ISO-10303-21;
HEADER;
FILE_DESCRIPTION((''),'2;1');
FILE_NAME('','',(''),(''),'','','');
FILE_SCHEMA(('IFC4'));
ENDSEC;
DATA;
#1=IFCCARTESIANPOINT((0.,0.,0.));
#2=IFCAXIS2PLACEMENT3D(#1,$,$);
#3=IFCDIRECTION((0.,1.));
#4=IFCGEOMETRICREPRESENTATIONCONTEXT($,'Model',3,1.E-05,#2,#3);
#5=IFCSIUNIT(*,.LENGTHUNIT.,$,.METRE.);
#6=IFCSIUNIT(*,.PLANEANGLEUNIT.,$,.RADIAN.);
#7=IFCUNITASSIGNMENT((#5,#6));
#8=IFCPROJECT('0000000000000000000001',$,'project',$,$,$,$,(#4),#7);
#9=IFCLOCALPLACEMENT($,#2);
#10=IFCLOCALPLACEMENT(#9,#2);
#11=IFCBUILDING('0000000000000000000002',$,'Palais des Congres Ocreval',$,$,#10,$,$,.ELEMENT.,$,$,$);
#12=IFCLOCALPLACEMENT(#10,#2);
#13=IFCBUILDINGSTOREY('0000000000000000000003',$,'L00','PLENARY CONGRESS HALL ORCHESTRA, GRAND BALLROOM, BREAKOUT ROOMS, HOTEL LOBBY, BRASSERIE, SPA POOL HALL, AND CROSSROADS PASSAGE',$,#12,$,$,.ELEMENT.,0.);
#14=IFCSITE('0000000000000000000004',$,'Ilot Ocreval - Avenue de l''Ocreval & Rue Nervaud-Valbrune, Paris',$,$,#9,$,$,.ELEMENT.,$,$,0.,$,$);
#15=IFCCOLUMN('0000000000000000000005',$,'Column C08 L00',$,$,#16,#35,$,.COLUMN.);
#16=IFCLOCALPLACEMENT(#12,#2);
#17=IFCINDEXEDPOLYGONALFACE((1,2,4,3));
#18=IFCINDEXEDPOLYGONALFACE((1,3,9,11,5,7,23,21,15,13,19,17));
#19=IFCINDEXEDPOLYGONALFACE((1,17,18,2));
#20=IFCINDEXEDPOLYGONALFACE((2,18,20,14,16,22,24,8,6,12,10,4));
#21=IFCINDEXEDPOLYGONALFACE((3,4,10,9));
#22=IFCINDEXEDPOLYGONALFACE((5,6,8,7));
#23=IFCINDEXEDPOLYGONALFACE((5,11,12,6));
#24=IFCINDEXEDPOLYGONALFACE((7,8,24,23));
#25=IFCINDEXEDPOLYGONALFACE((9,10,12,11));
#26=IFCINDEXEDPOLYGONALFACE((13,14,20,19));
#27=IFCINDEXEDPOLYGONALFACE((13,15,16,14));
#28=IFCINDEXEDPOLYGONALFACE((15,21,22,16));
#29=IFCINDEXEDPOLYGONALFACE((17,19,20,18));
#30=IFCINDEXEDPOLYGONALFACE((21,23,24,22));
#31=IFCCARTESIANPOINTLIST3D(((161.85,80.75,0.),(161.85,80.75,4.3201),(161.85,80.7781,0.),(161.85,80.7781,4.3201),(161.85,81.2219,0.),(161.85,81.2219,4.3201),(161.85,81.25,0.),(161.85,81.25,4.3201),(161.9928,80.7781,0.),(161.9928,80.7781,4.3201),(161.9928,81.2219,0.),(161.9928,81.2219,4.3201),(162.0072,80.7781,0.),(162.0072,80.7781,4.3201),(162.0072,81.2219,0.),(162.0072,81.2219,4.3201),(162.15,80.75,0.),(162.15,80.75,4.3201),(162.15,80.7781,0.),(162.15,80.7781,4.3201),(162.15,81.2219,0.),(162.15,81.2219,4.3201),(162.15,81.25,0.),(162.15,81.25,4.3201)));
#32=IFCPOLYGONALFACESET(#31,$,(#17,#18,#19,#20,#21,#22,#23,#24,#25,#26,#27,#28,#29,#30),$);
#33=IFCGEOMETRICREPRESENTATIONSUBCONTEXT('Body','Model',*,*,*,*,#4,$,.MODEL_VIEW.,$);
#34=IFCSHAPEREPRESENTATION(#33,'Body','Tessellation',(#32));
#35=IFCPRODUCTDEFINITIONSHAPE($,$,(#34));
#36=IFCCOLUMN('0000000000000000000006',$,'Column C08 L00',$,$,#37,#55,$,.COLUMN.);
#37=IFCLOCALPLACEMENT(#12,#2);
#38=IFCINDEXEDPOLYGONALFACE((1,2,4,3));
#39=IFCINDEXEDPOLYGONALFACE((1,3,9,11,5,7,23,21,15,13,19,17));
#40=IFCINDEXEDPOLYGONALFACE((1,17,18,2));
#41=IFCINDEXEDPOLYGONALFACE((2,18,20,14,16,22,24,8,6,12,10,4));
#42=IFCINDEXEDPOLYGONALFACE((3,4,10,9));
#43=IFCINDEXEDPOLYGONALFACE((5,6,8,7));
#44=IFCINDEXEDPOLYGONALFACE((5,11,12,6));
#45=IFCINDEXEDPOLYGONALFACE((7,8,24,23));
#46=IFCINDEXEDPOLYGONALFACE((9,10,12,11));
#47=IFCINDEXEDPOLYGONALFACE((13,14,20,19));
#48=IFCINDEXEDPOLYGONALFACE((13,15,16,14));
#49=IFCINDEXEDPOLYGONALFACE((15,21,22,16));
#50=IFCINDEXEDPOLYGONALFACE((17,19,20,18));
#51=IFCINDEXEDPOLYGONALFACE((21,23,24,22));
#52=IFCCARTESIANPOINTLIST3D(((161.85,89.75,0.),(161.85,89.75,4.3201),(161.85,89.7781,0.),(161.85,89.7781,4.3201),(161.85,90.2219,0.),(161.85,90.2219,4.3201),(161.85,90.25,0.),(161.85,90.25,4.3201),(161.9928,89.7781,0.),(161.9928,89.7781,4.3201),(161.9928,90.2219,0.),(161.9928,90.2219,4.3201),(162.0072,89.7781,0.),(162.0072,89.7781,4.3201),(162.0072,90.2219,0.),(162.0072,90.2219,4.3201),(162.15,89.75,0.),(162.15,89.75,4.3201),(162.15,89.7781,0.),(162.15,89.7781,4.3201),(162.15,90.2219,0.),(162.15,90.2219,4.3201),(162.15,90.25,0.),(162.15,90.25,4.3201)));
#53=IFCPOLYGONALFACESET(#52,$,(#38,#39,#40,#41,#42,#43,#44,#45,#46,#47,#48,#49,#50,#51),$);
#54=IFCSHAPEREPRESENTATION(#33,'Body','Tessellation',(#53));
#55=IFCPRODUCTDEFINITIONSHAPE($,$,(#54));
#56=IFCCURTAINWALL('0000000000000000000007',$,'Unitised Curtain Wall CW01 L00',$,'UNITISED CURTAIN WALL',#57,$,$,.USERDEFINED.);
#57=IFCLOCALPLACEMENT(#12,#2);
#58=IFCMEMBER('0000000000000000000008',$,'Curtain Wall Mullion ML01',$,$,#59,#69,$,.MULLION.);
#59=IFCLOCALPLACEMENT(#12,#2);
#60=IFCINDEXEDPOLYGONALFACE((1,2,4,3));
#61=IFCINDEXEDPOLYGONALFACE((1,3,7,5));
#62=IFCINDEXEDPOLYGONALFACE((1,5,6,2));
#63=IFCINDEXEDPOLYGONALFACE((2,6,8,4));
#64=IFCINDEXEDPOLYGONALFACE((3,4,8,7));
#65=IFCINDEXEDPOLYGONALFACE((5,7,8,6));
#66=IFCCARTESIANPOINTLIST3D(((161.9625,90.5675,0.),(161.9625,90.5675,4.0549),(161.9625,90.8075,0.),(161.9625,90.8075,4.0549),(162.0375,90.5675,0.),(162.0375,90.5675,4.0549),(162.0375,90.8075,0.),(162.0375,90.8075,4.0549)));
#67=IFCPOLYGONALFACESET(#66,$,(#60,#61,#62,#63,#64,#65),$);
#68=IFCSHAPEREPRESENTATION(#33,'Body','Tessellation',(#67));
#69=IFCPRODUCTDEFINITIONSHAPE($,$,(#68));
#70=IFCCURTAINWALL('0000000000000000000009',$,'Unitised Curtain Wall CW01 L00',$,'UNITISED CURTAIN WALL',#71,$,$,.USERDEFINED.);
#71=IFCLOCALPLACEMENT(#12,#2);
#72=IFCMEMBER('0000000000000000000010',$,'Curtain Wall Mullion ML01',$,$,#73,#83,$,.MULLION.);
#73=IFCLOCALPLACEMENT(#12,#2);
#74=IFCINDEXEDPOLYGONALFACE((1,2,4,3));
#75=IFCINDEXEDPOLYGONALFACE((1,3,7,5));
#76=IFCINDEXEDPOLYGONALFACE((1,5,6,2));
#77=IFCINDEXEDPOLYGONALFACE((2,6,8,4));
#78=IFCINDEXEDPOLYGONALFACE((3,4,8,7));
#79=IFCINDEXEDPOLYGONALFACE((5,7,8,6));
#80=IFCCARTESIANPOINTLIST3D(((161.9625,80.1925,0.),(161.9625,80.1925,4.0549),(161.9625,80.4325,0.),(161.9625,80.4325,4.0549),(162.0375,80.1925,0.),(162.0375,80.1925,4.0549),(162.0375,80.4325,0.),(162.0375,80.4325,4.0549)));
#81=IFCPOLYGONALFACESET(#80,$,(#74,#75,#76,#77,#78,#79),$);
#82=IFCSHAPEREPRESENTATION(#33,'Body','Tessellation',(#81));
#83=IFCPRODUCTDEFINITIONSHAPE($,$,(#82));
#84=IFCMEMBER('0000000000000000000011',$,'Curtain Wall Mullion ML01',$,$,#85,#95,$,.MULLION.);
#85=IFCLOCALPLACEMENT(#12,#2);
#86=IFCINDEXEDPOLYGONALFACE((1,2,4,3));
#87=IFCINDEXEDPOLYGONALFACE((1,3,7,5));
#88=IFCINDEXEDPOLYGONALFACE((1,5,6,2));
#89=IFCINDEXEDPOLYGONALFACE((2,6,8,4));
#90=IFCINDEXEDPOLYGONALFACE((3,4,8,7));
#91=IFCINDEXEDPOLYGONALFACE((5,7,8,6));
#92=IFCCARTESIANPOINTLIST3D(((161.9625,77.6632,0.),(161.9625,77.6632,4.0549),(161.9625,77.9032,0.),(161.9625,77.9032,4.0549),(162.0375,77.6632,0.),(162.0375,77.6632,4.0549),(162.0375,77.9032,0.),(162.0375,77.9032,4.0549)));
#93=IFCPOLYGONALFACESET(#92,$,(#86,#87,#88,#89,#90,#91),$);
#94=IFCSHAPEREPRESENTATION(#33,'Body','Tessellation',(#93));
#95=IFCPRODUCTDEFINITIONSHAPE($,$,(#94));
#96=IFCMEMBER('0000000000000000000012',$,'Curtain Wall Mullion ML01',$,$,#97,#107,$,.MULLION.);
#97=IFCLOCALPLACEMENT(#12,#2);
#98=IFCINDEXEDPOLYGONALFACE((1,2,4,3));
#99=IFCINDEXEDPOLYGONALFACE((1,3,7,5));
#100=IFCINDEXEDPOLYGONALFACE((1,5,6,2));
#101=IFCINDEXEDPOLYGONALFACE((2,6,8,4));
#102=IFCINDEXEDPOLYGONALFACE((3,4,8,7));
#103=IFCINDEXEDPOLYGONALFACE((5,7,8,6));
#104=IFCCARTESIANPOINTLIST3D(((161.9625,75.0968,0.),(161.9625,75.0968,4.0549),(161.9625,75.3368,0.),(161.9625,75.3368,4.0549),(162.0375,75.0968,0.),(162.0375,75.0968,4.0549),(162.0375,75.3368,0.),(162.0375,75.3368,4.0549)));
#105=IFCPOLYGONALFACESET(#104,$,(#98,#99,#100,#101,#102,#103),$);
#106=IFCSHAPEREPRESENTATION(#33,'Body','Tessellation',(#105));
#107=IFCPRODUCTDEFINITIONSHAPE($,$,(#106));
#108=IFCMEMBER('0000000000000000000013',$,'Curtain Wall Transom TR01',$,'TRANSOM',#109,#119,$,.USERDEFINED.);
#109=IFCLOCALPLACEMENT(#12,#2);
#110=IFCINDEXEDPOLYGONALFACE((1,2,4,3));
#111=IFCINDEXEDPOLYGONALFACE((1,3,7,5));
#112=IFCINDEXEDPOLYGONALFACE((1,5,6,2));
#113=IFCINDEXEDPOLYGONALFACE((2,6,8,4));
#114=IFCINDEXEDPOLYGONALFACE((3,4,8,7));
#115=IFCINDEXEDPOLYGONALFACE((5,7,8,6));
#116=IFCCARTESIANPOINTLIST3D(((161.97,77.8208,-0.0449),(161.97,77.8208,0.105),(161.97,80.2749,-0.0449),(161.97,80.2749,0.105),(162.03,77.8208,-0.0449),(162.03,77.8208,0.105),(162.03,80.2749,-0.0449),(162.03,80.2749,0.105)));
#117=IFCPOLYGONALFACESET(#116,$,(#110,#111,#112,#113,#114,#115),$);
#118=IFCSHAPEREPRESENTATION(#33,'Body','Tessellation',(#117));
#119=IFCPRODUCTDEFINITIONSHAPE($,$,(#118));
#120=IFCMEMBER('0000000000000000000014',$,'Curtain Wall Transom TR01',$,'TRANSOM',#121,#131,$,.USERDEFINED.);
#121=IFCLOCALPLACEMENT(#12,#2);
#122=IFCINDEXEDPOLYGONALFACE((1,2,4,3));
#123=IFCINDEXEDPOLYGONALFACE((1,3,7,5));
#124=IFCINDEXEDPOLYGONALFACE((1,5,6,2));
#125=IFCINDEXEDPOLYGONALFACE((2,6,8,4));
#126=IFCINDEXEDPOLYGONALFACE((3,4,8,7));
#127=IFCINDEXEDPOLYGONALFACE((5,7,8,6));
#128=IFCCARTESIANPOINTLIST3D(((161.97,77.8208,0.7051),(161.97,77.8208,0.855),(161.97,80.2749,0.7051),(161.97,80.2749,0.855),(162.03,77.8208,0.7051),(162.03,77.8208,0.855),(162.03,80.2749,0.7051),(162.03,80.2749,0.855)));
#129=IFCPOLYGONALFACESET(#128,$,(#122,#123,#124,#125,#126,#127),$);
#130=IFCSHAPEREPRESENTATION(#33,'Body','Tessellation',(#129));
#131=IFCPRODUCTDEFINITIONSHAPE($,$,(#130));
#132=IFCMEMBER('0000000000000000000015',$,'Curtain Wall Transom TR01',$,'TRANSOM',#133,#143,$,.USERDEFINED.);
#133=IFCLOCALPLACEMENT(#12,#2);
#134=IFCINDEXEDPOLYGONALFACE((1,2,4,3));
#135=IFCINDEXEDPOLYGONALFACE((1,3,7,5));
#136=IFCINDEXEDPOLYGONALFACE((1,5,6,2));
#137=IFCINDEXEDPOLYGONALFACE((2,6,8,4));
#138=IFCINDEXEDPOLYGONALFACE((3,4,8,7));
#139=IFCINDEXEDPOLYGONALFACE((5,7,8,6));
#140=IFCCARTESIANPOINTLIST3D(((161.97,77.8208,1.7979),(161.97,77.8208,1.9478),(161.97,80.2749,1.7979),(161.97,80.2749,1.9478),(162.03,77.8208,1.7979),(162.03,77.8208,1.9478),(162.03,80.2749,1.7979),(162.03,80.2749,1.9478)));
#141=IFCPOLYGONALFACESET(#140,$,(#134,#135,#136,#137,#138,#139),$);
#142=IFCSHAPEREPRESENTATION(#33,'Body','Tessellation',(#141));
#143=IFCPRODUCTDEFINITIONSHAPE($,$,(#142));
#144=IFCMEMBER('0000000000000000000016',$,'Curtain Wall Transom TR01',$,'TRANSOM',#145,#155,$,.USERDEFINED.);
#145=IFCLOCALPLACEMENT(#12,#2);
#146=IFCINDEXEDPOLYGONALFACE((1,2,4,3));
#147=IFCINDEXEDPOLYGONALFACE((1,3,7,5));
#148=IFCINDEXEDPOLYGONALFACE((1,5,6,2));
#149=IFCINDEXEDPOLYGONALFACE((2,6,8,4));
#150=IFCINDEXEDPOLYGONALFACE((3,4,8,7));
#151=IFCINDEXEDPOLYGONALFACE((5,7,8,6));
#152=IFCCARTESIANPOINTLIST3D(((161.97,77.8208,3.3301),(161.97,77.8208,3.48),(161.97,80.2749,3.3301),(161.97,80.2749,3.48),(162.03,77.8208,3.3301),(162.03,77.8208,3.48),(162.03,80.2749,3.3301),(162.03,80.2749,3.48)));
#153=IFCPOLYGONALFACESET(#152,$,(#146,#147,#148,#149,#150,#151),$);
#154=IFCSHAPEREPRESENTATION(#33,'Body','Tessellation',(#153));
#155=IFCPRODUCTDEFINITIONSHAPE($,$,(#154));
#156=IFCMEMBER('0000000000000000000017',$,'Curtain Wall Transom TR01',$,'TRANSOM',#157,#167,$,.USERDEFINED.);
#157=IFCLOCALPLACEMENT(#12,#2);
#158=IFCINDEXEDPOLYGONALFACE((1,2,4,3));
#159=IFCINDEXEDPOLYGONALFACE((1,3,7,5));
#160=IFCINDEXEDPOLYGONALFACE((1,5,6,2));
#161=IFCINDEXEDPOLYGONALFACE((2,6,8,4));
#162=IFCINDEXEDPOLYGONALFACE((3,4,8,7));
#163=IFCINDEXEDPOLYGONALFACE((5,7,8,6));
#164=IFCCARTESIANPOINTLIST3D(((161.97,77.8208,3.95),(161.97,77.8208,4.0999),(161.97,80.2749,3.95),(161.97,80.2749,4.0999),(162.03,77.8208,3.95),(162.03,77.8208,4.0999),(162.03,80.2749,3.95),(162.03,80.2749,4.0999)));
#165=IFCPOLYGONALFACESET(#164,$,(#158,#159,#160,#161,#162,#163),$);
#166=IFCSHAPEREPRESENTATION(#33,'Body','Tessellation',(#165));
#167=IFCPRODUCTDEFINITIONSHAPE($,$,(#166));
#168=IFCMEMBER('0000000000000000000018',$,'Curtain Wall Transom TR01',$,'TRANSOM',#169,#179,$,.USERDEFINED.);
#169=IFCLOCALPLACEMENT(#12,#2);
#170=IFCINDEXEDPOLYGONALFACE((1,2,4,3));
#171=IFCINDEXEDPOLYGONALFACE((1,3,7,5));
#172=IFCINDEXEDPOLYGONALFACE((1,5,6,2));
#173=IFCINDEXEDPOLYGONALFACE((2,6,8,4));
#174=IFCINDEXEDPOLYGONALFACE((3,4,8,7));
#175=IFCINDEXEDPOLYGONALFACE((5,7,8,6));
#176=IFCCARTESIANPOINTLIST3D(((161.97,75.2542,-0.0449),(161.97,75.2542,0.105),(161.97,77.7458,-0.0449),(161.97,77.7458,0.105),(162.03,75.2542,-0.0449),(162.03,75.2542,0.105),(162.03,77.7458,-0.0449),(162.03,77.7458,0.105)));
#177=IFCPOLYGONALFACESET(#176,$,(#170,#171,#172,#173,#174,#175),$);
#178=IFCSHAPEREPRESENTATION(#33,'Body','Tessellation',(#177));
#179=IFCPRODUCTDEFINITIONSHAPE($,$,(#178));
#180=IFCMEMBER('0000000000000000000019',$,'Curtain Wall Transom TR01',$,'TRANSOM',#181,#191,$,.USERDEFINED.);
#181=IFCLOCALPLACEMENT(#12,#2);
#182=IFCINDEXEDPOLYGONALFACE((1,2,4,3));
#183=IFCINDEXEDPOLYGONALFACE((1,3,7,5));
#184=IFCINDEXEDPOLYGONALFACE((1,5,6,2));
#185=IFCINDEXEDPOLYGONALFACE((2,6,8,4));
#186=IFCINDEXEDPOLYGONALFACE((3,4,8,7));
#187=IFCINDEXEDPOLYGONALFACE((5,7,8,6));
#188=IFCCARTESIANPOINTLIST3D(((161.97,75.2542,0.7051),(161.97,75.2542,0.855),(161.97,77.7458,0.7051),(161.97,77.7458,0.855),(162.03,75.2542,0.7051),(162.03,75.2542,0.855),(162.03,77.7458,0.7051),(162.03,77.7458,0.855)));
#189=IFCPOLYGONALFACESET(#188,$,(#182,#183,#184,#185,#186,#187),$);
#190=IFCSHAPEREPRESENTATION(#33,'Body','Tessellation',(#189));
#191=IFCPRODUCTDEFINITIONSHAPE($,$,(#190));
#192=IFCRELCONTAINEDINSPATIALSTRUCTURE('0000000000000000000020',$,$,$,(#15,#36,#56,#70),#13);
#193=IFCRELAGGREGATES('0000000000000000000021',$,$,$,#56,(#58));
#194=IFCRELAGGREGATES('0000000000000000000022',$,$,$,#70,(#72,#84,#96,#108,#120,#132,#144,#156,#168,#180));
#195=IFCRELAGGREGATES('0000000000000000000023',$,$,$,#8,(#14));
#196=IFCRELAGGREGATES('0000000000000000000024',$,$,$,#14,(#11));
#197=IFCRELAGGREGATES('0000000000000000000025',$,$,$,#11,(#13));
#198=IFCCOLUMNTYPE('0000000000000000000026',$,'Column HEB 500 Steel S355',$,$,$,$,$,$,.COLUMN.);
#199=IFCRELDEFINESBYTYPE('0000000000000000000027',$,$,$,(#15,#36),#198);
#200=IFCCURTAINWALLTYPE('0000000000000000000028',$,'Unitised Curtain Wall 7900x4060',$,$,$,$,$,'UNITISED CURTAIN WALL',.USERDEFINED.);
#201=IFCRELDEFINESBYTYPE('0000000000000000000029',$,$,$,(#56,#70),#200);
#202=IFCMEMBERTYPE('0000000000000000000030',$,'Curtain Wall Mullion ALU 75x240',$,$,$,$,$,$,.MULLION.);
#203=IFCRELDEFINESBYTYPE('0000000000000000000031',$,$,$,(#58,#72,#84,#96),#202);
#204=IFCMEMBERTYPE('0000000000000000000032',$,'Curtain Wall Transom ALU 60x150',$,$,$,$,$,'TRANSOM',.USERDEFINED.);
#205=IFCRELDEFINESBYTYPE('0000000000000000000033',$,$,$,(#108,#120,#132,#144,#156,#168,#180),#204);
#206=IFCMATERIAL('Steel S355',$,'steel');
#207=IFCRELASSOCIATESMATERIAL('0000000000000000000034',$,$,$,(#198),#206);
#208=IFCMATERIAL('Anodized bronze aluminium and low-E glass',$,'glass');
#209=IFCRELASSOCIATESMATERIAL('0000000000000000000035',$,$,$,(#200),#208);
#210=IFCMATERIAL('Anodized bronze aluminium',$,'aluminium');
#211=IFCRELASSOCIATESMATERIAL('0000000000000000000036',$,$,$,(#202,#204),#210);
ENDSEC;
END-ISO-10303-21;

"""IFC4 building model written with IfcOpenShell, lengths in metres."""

from ifc_helpers import new_model, si_unit, direction, frame, origin, origin_2d, place, context, subcontext, project, spatial, rectangle, i_section, extrude, material, material_profile, profile_set, type_object, element, aggregate, save


model = new_model("IFC4")

# Units and contexts
model_context = context("Model", 3, precision=1e-05, world=origin(), true_north=direction((0.0, 1.0)))
body_context = subcontext(model_context, "Body", "Model", "MODEL_VIEW")
ifc_project = project(units=[si_unit("LENGTHUNIT", "METRE"), si_unit("PLANEANGLEUNIT", "RADIAN")], contexts=[model_context])

# Site, building, storey
site_placement = place(None, origin())
site = spatial("IfcSite", under=ifc_project, at=site_placement, Name="Ilot Ocreval - Avenue de l'Ocreval & Rue Nervaud-Valbrune, Paris", CompositionType="ELEMENT", RefElevation=0.0)
building_placement = place(site_placement, origin())
building = spatial("IfcBuilding", under=site, at=building_placement, Name="Palais des Congres Ocreval", CompositionType="ELEMENT")
storey_placement = place(building_placement, origin())
storey = spatial("IfcBuildingStorey", under=building, at=storey_placement, Name="L00", Description="PLENARY CONGRESS HALL ORCHESTRA, GRAND BALLROOM, BREAKOUT ROOMS, HOTEL LOBBY, BRASSERIE, SPA POOL HALL, AND CROSSROADS PASSAGE", CompositionType="ELEMENT", Elevation=0.0)

# Columns
ifc_material_1 = material(Name="Steel S355", Category="steel")
ifc_material_profile_1 = material_profile(ifc_material_1, i_section(OverallWidth=0.3, OverallDepth=0.5, WebThickness=0.0144, FlangeThickness=0.0281, at=origin_2d()), Name="HEB 500")
ifc_profile_set_1 = profile_set([ifc_material_profile_1], Name="Steel S355")
column_type = type_object("IfcColumnType", Name="Column HEB 500 Steel S355", PredefinedType="COLUMN", material=ifc_profile_set_1)
for number, where, z_axis, x_axis, name in (
    (1, (162.0, 81.0, 0.0), (0.0, 0.0, 1.0), (1.0, 0.0, 0.0), "Column C08 L00"),
    (2, (162.0, 90.0, 0.0), (0.0, 0.0, 1.0), (1.0, 0.0, 0.0), "Column C08 L00"),
):
    element("IfcColumn", number, at=place(storey_placement, frame(where, z_axis=z_axis, x_axis=x_axis)), inside=storey, type_object=column_type, Name=name, PredefinedType="COLUMN", context=body_context, shape_type="SweptSolid", body=[
        extrude(i_section(OverallWidth=0.3, OverallDepth=0.5, WebThickness=0.0144, FlangeThickness=0.0281, at=origin_2d()), origin(), (0.0, 0.0, 1.0), 4.3201),
    ])

# Curtain wall, member
ifc_material_2 = material(Name="Anodized bronze aluminium and low-E glass", Category="glass")
curtain_wall_type = type_object("IfcCurtainWallType", Name="Unitised Curtain Wall 7900x4060", ElementType="UNITISED CURTAIN WALL", PredefinedType="USERDEFINED", material=ifc_material_2)
curtain_wall_1_placement = place(storey_placement, origin())
curtain_wall_1 = element("IfcCurtainWall", 3, at=curtain_wall_1_placement, inside=storey, type_object=curtain_wall_type, Name="Unitised Curtain Wall CW01 L00", ObjectType="UNITISED CURTAIN WALL", PredefinedType="USERDEFINED")
ifc_material_3 = material(Name="Anodized bronze aluminium", Category="aluminium")
ifc_material_profile_2 = material_profile(ifc_material_3, rectangle(XDim=0.075, YDim=0.24, at=origin_2d()), Name="ALU 75x240")
ifc_profile_set_2 = profile_set([ifc_material_profile_2], Name="Anodized bronze aluminium")
member_type_1 = type_object("IfcMemberType", Name="Curtain Wall Mullion ALU 75x240", PredefinedType="MULLION", material=ifc_profile_set_2)
member_1_placement = place(storey_placement, frame((162.0, 90.6875, 0.0), z_axis=(0.0, 0.0, 1.0), x_axis=(1.0, 0.0, 0.0)))
member_1 = element("IfcMember", 4, at=member_1_placement, type_object=member_type_1, Name="Curtain Wall Mullion ML01", PredefinedType="MULLION", context=body_context, shape_type="SweptSolid", body=[
    extrude(rectangle(XDim=0.075, YDim=0.24, at=origin_2d()), origin(), (0.0, 0.0, 1.0), 4.0549),
])

# Curtain wall, members
curtain_wall_2_placement = place(storey_placement, origin())
curtain_wall_2 = element("IfcCurtainWall", 5, at=curtain_wall_2_placement, inside=storey, type_object=curtain_wall_type, Name="Unitised Curtain Wall CW01 L00", ObjectType="UNITISED CURTAIN WALL", PredefinedType="USERDEFINED")
member_2_placement = place(storey_placement, frame((162.0, 80.3125, 0.0), z_axis=(0.0, 0.0, 1.0), x_axis=(1.0, 0.0, 0.0)))
member_2 = element("IfcMember", 6, at=member_2_placement, type_object=member_type_1, Name="Curtain Wall Mullion ML01", PredefinedType="MULLION", context=body_context, shape_type="SweptSolid", body=[
    extrude(rectangle(XDim=0.075, YDim=0.24, at=origin_2d()), origin(), (0.0, 0.0, 1.0), 4.0549),
])
member_3_placement = place(storey_placement, frame((162.0, 77.7832, 0.0), z_axis=(0.0, 0.0, 1.0), x_axis=(1.0, 0.0, 0.0)))
member_3 = element("IfcMember", 7, at=member_3_placement, type_object=member_type_1, Name="Curtain Wall Mullion ML01", PredefinedType="MULLION", context=body_context, shape_type="SweptSolid", body=[
    extrude(rectangle(XDim=0.075, YDim=0.24, at=origin_2d()), origin(), (0.0, 0.0, 1.0), 4.0549),
])
member_4_placement = place(storey_placement, frame((162.0, 75.2168, 0.0), z_axis=(0.0, 0.0, 1.0), x_axis=(1.0, 0.0, 0.0)))
member_4 = element("IfcMember", 8, at=member_4_placement, type_object=member_type_1, Name="Curtain Wall Mullion ML01", PredefinedType="MULLION", context=body_context, shape_type="SweptSolid", body=[
    extrude(rectangle(XDim=0.075, YDim=0.24, at=origin_2d()), origin(), (0.0, 0.0, 1.0), 4.0549),
])
ifc_material_profile_3 = material_profile(ifc_material_3, rectangle(XDim=0.0601, YDim=0.1499, at=origin_2d()), Name="ALU 60x150")
ifc_profile_set_3 = profile_set([ifc_material_profile_3], Name="Anodized bronze aluminium")
member_type_2 = type_object("IfcMemberType", Name="Curtain Wall Transom ALU 60x150", ElementType="TRANSOM", PredefinedType="USERDEFINED", material=ifc_profile_set_3)
member_5_placement = place(storey_placement, frame((162.0, 80.2749, 0.03), z_axis=(0.0, -1.0, 0.0), x_axis=(1.0, 0.0, 0.0)))
member_5 = element("IfcMember", 9, at=member_5_placement, type_object=member_type_2, Name="Curtain Wall Transom TR01", ObjectType="TRANSOM", PredefinedType="USERDEFINED", context=body_context, shape_type="SweptSolid", body=[
    extrude(rectangle(XDim=0.0601, YDim=0.1499, at=origin_2d()), origin(), (0.0, 0.0, 1.0), 2.4541),
])
member_6_placement = place(storey_placement, frame((162.0, 80.2749, 0.78), z_axis=(0.0, -1.0, 0.0), x_axis=(1.0, 0.0, 0.0)))
member_6 = element("IfcMember", 10, at=member_6_placement, type_object=member_type_2, Name="Curtain Wall Transom TR01", ObjectType="TRANSOM", PredefinedType="USERDEFINED", context=body_context, shape_type="SweptSolid", body=[
    extrude(rectangle(XDim=0.0601, YDim=0.1499, at=origin_2d()), origin(), (0.0, 0.0, 1.0), 2.4541),
])
member_7_placement = place(storey_placement, frame((162.0, 80.2749, 1.8728), z_axis=(0.0, -1.0, 0.0), x_axis=(1.0, 0.0, 0.0)))
member_7 = element("IfcMember", 11, at=member_7_placement, type_object=member_type_2, Name="Curtain Wall Transom TR01", ObjectType="TRANSOM", PredefinedType="USERDEFINED", context=body_context, shape_type="SweptSolid", body=[
    extrude(rectangle(XDim=0.0601, YDim=0.1499, at=origin_2d()), origin(), (0.0, 0.0, 1.0), 2.4541),
])
member_8_placement = place(storey_placement, frame((162.0, 80.2749, 3.405), z_axis=(0.0, -1.0, 0.0), x_axis=(1.0, 0.0, 0.0)))
member_8 = element("IfcMember", 12, at=member_8_placement, type_object=member_type_2, Name="Curtain Wall Transom TR01", ObjectType="TRANSOM", PredefinedType="USERDEFINED", context=body_context, shape_type="SweptSolid", body=[
    extrude(rectangle(XDim=0.0601, YDim=0.1499, at=origin_2d()), origin(), (0.0, 0.0, 1.0), 2.4541),
])
member_9_placement = place(storey_placement, frame((162.0, 80.2749, 4.0249), z_axis=(0.0, -1.0, 0.0), x_axis=(1.0, 0.0, 0.0)))
member_9 = element("IfcMember", 13, at=member_9_placement, type_object=member_type_2, Name="Curtain Wall Transom TR01", ObjectType="TRANSOM", PredefinedType="USERDEFINED", context=body_context, shape_type="SweptSolid", body=[
    extrude(rectangle(XDim=0.0601, YDim=0.1499, at=origin_2d()), origin(), (0.0, 0.0, 1.0), 2.4541),
])
member_10_placement = place(storey_placement, frame((162.0, 77.7458, 0.03), z_axis=(0.0, -1.0, 0.0), x_axis=(1.0, 0.0, 0.0)))
member_10 = element("IfcMember", 14, at=member_10_placement, type_object=member_type_2, Name="Curtain Wall Transom TR01", ObjectType="TRANSOM", PredefinedType="USERDEFINED", context=body_context, shape_type="SweptSolid", body=[
    extrude(rectangle(XDim=0.0601, YDim=0.1499, at=origin_2d()), origin(), (0.0, 0.0, 1.0), 2.4917),
])
member_11_placement = place(storey_placement, frame((162.0, 77.7458, 0.78), z_axis=(0.0, -1.0, 0.0), x_axis=(1.0, 0.0, 0.0)))
member_11 = element("IfcMember", 15, at=member_11_placement, type_object=member_type_2, Name="Curtain Wall Transom TR01", ObjectType="TRANSOM", PredefinedType="USERDEFINED", context=body_context, shape_type="SweptSolid", body=[
    extrude(rectangle(XDim=0.0601, YDim=0.1499, at=origin_2d()), origin(), (0.0, 0.0, 1.0), 2.4917),
])

aggregate(curtain_wall_1, [member_1])
aggregate(curtain_wall_2, [member_2, member_3, member_4, member_5, member_6, member_7, member_8, member_9, member_10, member_11])

save(model, "model.ifc")
